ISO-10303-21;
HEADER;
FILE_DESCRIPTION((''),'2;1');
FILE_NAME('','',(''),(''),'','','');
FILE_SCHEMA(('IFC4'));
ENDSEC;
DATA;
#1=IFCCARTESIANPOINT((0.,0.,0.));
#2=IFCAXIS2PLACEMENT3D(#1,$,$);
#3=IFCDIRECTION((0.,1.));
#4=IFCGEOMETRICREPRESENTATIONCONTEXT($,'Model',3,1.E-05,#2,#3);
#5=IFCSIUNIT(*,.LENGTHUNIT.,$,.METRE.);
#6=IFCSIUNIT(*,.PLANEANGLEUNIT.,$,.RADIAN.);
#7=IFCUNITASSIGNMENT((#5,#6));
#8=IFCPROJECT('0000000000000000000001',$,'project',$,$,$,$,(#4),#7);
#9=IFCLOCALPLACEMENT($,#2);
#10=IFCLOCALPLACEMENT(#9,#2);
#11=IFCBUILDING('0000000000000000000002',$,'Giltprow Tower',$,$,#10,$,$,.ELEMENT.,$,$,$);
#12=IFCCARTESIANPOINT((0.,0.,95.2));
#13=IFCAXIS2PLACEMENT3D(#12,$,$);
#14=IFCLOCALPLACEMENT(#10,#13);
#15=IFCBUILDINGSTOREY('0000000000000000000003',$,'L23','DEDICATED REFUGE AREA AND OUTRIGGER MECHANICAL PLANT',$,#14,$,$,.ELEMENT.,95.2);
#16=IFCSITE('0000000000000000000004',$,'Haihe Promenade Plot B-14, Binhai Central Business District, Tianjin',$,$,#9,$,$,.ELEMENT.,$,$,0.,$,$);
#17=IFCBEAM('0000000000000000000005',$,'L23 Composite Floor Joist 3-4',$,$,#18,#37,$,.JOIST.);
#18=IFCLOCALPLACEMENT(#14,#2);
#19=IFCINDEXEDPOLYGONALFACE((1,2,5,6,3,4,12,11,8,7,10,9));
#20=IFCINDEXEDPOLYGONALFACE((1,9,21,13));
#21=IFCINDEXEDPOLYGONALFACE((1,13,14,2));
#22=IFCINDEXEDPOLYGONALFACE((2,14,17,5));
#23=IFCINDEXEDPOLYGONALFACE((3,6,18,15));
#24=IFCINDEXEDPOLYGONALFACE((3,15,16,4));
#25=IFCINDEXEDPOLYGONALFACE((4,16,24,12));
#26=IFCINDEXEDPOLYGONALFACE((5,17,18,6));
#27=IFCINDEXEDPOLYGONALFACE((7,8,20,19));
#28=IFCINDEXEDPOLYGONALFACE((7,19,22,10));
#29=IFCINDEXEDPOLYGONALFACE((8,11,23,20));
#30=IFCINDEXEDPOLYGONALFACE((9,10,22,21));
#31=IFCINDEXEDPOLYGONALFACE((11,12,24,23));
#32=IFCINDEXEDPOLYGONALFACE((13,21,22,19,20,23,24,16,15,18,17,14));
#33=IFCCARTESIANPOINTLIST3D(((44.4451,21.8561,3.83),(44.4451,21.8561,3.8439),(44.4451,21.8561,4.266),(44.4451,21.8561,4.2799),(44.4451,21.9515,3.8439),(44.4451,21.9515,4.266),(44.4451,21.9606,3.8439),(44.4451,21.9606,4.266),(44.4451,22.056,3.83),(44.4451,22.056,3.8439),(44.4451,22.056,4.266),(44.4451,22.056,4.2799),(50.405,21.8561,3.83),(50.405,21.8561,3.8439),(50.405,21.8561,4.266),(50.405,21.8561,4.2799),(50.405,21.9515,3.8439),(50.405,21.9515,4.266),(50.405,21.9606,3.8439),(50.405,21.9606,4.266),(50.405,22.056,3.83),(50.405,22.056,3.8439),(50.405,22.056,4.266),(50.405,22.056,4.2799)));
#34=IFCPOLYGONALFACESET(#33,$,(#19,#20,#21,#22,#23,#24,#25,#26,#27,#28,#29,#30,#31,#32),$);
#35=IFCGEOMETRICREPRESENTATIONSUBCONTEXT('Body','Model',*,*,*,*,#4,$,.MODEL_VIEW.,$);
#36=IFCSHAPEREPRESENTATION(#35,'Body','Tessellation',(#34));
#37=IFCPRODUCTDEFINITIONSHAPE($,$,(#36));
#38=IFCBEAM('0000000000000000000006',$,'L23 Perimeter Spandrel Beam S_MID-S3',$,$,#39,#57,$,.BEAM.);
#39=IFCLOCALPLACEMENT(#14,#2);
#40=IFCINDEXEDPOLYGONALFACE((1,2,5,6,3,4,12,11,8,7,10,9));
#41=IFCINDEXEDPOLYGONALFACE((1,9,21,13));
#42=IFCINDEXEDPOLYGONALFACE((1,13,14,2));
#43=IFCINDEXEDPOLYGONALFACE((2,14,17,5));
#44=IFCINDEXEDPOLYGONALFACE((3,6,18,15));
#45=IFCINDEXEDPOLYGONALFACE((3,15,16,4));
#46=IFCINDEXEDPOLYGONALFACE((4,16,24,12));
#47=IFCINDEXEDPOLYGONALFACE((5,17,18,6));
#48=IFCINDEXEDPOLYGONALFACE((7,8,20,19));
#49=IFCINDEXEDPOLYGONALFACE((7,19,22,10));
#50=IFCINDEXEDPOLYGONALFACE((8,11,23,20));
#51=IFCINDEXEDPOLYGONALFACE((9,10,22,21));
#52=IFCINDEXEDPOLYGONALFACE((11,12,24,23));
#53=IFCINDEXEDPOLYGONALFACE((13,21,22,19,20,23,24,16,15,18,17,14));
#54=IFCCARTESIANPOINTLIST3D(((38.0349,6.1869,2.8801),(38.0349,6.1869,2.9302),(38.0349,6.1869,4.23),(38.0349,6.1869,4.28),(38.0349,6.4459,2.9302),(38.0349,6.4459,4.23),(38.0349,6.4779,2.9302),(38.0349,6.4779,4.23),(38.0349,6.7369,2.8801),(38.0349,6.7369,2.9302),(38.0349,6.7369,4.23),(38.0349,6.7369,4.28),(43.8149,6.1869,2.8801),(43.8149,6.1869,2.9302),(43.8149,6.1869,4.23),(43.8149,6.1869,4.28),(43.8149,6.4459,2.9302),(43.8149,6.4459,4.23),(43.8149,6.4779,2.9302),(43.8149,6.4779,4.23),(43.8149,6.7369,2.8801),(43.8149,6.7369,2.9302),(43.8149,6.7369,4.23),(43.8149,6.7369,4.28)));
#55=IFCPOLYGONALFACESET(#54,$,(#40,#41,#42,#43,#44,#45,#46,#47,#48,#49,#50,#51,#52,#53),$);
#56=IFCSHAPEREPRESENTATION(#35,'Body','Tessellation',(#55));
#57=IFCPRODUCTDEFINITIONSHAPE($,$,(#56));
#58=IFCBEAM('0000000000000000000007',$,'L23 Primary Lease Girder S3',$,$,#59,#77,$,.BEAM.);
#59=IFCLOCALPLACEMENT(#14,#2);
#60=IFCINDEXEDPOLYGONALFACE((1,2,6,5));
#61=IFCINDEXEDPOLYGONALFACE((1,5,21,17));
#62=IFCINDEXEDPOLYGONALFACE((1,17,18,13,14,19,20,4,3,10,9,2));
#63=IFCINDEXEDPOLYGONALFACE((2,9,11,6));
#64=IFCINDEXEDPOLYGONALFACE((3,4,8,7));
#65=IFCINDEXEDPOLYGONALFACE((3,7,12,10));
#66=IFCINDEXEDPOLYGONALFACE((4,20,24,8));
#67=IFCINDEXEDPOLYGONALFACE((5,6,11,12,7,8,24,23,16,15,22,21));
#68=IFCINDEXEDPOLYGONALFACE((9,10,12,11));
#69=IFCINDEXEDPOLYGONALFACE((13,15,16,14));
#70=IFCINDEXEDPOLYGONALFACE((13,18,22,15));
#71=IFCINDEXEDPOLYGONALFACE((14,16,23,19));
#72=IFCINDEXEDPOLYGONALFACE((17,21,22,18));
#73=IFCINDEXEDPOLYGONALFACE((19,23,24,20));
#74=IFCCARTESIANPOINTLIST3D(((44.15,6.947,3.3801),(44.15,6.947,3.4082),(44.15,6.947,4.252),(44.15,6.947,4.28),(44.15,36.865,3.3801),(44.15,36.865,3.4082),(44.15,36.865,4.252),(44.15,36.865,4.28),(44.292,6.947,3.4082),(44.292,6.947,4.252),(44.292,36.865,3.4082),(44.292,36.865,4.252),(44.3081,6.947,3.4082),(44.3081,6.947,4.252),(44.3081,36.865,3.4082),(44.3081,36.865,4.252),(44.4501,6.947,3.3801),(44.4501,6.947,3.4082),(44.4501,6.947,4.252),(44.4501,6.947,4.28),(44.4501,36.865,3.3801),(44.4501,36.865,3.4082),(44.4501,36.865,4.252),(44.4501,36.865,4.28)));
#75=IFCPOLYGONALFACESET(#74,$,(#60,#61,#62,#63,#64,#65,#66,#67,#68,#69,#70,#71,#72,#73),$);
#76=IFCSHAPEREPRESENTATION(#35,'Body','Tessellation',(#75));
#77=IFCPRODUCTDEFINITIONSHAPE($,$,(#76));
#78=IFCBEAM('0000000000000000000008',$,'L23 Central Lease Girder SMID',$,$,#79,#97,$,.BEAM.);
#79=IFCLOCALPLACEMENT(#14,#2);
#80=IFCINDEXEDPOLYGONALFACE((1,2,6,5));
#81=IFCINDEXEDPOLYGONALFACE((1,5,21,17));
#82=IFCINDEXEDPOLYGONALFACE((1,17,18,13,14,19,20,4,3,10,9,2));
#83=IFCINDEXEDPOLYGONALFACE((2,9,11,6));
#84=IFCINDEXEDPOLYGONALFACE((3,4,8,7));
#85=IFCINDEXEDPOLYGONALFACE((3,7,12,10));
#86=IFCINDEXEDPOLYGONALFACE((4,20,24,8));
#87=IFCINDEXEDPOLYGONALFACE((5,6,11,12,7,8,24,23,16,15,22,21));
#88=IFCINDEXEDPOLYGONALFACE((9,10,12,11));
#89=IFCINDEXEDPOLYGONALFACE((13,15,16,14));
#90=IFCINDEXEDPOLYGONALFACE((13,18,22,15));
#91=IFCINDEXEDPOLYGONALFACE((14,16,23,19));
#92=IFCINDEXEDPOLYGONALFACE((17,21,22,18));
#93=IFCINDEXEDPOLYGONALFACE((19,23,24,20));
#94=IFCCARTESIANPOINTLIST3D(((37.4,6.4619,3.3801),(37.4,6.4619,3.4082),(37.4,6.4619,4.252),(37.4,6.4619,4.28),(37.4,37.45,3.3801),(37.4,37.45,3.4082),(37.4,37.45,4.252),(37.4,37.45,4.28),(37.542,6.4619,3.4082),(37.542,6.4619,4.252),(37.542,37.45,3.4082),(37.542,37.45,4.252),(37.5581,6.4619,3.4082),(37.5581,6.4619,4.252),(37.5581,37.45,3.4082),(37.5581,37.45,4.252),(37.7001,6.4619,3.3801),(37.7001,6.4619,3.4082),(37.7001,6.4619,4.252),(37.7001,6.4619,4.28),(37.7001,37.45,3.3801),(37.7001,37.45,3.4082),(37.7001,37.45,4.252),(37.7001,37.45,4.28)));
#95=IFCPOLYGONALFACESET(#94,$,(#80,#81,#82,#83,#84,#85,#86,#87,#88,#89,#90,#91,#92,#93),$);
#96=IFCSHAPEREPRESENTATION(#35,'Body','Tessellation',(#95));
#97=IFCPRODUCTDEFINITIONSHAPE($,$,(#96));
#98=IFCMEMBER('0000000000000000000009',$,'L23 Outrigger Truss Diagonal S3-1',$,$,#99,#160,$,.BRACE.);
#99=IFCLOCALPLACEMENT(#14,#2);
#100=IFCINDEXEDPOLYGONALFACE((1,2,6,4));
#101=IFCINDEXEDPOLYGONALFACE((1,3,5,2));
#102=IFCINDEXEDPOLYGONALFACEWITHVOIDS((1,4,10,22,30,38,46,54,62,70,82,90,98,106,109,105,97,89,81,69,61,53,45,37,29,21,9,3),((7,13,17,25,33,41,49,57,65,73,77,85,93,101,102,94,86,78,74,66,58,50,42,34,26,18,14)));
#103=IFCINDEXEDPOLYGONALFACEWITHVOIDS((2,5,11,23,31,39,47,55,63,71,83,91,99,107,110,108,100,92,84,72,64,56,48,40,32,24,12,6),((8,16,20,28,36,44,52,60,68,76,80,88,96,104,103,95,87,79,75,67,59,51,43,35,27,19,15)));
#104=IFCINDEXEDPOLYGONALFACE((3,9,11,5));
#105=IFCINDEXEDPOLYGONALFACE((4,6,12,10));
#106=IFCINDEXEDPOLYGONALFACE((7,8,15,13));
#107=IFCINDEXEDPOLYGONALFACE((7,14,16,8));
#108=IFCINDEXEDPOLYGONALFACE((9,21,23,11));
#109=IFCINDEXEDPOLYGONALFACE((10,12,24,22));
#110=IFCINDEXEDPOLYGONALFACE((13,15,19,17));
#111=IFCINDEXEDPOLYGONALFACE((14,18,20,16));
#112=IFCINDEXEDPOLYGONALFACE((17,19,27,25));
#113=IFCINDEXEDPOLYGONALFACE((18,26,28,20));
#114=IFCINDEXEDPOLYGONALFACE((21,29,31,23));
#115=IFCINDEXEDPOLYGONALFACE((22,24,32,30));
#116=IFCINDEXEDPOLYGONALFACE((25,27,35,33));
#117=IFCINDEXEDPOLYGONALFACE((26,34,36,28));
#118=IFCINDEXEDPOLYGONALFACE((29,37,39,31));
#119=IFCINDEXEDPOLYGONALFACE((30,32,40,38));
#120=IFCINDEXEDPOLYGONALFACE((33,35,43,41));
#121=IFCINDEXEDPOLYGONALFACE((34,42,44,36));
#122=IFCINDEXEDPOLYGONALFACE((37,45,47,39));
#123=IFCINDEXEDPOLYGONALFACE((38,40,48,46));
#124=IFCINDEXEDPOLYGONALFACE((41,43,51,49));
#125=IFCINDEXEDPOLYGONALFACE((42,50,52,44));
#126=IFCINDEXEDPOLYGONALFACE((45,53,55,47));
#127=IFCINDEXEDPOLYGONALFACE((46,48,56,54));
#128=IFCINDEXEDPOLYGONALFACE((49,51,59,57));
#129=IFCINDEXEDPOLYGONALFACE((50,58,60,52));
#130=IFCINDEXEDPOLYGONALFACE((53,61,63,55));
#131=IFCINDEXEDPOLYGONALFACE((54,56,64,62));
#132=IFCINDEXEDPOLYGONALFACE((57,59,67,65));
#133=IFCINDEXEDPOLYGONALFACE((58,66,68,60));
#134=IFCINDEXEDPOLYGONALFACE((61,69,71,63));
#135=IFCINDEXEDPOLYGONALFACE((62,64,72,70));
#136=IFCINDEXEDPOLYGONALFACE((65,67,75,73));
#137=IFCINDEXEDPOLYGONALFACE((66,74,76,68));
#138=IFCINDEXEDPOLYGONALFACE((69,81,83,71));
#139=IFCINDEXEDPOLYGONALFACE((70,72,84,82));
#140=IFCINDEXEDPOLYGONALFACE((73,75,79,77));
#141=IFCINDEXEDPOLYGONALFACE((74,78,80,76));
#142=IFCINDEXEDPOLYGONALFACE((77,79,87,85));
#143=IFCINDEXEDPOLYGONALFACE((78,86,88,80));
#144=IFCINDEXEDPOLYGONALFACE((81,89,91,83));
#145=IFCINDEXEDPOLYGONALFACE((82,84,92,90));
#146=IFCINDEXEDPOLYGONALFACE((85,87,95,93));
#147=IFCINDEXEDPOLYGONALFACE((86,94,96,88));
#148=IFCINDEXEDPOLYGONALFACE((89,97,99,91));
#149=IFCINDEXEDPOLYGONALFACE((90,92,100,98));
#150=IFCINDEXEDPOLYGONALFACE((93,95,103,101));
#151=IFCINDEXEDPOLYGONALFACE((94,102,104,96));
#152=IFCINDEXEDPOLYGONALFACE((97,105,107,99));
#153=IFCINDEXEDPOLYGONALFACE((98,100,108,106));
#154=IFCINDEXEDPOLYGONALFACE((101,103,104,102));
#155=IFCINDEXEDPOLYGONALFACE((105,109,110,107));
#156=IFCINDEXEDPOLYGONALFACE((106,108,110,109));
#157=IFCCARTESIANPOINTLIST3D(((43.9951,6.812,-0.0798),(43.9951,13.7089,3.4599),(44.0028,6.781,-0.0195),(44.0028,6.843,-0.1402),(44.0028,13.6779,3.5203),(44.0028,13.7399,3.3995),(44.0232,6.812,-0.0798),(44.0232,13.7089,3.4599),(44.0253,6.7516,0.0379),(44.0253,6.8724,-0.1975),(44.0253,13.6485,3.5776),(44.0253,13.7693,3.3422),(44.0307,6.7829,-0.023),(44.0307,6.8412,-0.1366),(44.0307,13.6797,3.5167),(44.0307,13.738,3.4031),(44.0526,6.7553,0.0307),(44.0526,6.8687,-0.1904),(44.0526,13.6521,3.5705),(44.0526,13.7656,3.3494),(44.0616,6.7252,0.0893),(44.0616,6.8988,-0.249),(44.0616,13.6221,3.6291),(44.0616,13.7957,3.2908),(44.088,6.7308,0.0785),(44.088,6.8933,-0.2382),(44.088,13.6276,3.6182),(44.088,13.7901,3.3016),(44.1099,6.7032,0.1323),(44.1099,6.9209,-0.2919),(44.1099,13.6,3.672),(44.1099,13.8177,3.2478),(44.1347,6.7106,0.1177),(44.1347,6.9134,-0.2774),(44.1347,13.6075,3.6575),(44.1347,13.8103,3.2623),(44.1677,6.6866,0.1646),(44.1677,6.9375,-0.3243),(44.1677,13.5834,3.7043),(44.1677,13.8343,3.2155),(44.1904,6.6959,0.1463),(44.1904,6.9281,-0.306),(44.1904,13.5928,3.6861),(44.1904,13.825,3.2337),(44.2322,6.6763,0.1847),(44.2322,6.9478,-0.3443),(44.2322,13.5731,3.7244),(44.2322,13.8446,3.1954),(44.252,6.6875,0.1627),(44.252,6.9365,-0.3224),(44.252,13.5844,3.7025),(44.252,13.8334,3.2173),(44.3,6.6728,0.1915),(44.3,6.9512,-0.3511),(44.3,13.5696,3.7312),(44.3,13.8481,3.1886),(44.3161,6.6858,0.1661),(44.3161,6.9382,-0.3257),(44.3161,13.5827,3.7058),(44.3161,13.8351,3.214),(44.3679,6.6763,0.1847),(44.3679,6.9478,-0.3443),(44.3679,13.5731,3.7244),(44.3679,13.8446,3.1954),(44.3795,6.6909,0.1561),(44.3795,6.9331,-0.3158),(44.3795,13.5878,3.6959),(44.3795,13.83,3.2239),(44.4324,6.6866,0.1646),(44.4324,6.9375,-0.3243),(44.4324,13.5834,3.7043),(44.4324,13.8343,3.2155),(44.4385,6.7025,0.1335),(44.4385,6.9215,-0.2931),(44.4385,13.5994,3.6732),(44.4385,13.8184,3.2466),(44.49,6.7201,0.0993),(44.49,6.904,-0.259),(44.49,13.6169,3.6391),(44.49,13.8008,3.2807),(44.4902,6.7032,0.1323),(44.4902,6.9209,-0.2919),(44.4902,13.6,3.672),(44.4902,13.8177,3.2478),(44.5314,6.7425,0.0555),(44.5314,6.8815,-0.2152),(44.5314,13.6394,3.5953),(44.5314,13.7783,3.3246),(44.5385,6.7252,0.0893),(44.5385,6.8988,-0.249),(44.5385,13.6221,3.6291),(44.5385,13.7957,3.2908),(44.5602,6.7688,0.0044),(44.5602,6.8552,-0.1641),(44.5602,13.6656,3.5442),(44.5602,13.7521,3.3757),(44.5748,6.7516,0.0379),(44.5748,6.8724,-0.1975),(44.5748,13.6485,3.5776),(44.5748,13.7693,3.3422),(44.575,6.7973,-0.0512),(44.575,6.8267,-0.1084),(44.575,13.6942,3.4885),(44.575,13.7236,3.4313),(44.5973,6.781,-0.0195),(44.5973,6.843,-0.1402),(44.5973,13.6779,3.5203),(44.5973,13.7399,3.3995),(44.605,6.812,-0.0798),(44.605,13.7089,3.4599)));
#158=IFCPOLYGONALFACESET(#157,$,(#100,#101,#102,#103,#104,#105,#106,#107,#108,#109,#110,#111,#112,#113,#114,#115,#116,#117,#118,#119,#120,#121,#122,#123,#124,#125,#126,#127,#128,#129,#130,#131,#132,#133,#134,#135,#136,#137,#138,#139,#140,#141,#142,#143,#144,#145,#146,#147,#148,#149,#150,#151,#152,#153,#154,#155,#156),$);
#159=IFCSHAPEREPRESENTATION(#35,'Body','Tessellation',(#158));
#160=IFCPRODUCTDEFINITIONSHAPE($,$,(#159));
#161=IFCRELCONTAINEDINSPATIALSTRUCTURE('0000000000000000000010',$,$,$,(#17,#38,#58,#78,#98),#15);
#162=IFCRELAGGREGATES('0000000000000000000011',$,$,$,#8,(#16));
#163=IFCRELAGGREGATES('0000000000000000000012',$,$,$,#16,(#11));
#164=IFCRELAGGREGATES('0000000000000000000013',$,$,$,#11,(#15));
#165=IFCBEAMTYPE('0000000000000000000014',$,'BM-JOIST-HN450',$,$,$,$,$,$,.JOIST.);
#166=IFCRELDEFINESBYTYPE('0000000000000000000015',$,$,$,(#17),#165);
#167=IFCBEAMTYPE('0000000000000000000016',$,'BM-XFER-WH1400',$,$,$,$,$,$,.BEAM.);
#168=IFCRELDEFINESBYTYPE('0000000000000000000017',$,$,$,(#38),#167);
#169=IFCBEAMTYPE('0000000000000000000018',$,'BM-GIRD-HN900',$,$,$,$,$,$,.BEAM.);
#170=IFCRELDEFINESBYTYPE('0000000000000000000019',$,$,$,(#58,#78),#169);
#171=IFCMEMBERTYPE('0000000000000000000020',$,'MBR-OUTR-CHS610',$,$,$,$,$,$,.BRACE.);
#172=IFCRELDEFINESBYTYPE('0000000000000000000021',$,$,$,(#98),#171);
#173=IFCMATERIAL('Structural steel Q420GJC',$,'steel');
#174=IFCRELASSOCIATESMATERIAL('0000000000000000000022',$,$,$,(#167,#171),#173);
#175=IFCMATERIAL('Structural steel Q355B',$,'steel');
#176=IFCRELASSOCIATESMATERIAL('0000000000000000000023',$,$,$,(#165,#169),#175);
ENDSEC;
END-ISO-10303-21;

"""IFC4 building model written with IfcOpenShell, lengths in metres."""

from ifc_helpers import new_model, si_unit, direction, frame, origin, origin_2d, place, context, subcontext, project, spatial, hollow_circle, i_section, extrude, source, transform, mapped, material, material_profile, profile_set, type_object, element, save


model = new_model("IFC4")

# Units and contexts
model_context = context("Model", 3, precision=1e-05, world=origin(), true_north=direction((0.0, 1.0)))
body_context = subcontext(model_context, "Body", "Model", "MODEL_VIEW")
ifc_project = project(units=[si_unit("LENGTHUNIT", "METRE"), si_unit("PLANEANGLEUNIT", "RADIAN")], contexts=[model_context])

# Site, building, storey
site_placement = place(None, origin())
site = spatial("IfcSite", under=ifc_project, at=site_placement, Name="Haihe Promenade Plot B-14, Binhai Central Business District, Tianjin", CompositionType="ELEMENT", RefElevation=0.0)
building_placement = place(site_placement, origin())
building = spatial("IfcBuilding", under=site, at=building_placement, Name="Giltprow Tower", CompositionType="ELEMENT")
storey_placement = place(building_placement, frame((0.0, 0.0, 95.2)))
storey = spatial("IfcBuildingStorey", under=building, at=storey_placement, Name="L23", Description="DEDICATED REFUGE AREA AND OUTRIGGER MECHANICAL PLANT", CompositionType="ELEMENT", Elevation=95.2)

# Shared definitions
ifc_material_1 = material(Name="Structural steel Q420GJC", Category="steel")

# Beams
ifc_material_profile_1 = material_profile(ifc_material_1, i_section(OverallWidth=0.55, OverallDepth=1.3999, WebThickness=0.032, FlangeThickness=0.05, at=origin_2d()), Name="WH 1400x550x32x50")
ifc_profile_set_1 = profile_set([ifc_material_profile_1], Name="Structural steel Q420GJC")
beam_type_1 = type_object("IfcBeamType", Name="BM-XFER-WH1400", PredefinedType="BEAM", material=ifc_profile_set_1)
ifc_material_2 = material(Name="Structural steel Q355B", Category="steel")
ifc_material_profile_2 = material_profile(ifc_material_2, i_section(OverallWidth=0.2, OverallDepth=0.45, WebThickness=0.009, FlangeThickness=0.0139, at=origin_2d()), Name="HN 450x200x9x14")
ifc_profile_set_2 = profile_set([ifc_material_profile_2], Name="Structural steel Q355B")
beam_type_2 = type_object("IfcBeamType", Name="BM-JOIST-HN450", PredefinedType="JOIST", material=ifc_profile_set_2)
shared_shape_1 = source(origin(), body_context, "Body", "SweptSolid", [
    extrude(i_section(OverallWidth=0.2, OverallDepth=0.45, WebThickness=0.009, FlangeThickness=0.0139, at=origin_2d()), origin(), (0.0, 0.0, 1.0), 5.96),
])
for number, where, z_axis, x_axis, name in (
    (1, (44.4451, 21.9561, 4.0549), (1.0, 0.0, 0.0), (0.0, 1.0, 0.0), "L23 Composite Floor Joist 3-4"),
):
    element("IfcBeam", number, at=place(storey_placement, frame(where, z_axis=z_axis, x_axis=x_axis)), inside=storey, type_object=beam_type_2, Name=name, PredefinedType="JOIST", context=body_context, shape_type="MappedRepresentation", body=[
        mapped(shared_shape_1, transform((0.0, 0.0, 0.0), x_axis=(1.0, 0.0, 0.0), y_axis=(0.0, 1.0, 0.0), z_axis=(0.0, 0.0, 1.0), scale=1.0)),
    ])
shared_shape_2 = source(origin(), body_context, "Body", "SweptSolid", [
    extrude(i_section(OverallWidth=0.55, OverallDepth=1.3999, WebThickness=0.032, FlangeThickness=0.05, at=origin_2d()), origin(), (0.0, 0.0, 1.0), 5.78),
])
beam_1_placement = place(storey_placement, frame((38.0349, 6.4619, 3.5801), z_axis=(1.0, 0.0, 0.0), x_axis=(0.0, 1.0, 0.0)))
element("IfcBeam", 2, at=beam_1_placement, inside=storey, type_object=beam_type_1, Name="L23 Perimeter Spandrel Beam S_MID-S3", PredefinedType="BEAM", context=body_context, shape_type="MappedRepresentation", body=[
    mapped(shared_shape_2, transform((0.0, 0.0, 0.0), x_axis=(1.0, 0.0, 0.0), y_axis=(0.0, 1.0, 0.0), z_axis=(0.0, 0.0, 1.0), scale=1.0)),
])
ifc_material_profile_3 = material_profile(ifc_material_2, i_section(OverallWidth=0.3, OverallDepth=0.8999, WebThickness=0.0161, FlangeThickness=0.0281, at=origin_2d()), Name="HN 900x300x16x28")
ifc_profile_set_3 = profile_set([ifc_material_profile_3], Name="Structural steel Q355B")
beam_type_3 = type_object("IfcBeamType", Name="BM-GIRD-HN900", PredefinedType="BEAM", material=ifc_profile_set_3)
shared_shape_3 = source(origin(), body_context, "Body", "SweptSolid", [
    extrude(i_section(OverallWidth=0.3, OverallDepth=0.8999, WebThickness=0.0161, FlangeThickness=0.0281, at=origin_2d()), origin(), (0.0, 0.0, 1.0), 29.918),
])
beam_2_placement = place(storey_placement, frame((44.3, 6.947, 3.8301), z_axis=(0.0, 1.0, 0.0), x_axis=(-1.0, 0.0, 0.0)))
element("IfcBeam", 3, at=beam_2_placement, inside=storey, type_object=beam_type_3, Name="L23 Primary Lease Girder S3", PredefinedType="BEAM", context=body_context, shape_type="MappedRepresentation", body=[
    mapped(shared_shape_3, transform((0.0, 0.0, 0.0), x_axis=(1.0, 0.0, 0.0), y_axis=(0.0, 1.0, 0.0), z_axis=(0.0, 0.0, 1.0), scale=1.0)),
])
shared_shape_4 = source(origin(), body_context, "Body", "SweptSolid", [
    extrude(i_section(OverallWidth=0.3, OverallDepth=0.8999, WebThickness=0.0161, FlangeThickness=0.0281, at=origin_2d()), origin(), (0.0, 0.0, 1.0), 30.988),
])
beam_3_placement = place(storey_placement, frame((37.55, 6.4619, 3.8301), z_axis=(0.0, 1.0, 0.0), x_axis=(-1.0, 0.0, 0.0)))
element("IfcBeam", 4, at=beam_3_placement, inside=storey, type_object=beam_type_3, Name="L23 Central Lease Girder SMID", PredefinedType="BEAM", context=body_context, shape_type="MappedRepresentation", body=[
    mapped(shared_shape_4, transform((0.0, 0.0, 0.0), x_axis=(1.0, 0.0, 0.0), y_axis=(0.0, 1.0, 0.0), z_axis=(0.0, 0.0, 1.0), scale=1.0)),
])

# Member
ifc_material_profile_4 = material_profile(ifc_material_1, hollow_circle(Radius=0.3049, WallThickness=0.0281, at=origin_2d()), Name="CHS 610x28")
ifc_profile_set_4 = profile_set([ifc_material_profile_4], Name="Structural steel Q420GJC")
member_type_1 = type_object("IfcMemberType", Name="MBR-OUTR-CHS610", PredefinedType="BRACE", material=ifc_profile_set_4)
shared_shape_5 = source(origin(), body_context, "Body", "SweptSolid", [
    extrude(hollow_circle(Radius=0.3049, WallThickness=0.0281, at=origin_2d()), origin(), (0.0, 0.0, 1.0), 7.7522),
])
for number, where, z_axis, x_axis, name in (
    (5, (44.3, 6.812, -0.0798), (0.0, 0.889666, 0.456611), (-1.0, 0.0, 0.0), "L23 Outrigger Truss Diagonal S3-1"),
):
    element("IfcMember", number, at=place(storey_placement, frame(where, z_axis=z_axis, x_axis=x_axis)), inside=storey, type_object=member_type_1, Name=name, PredefinedType="BRACE", context=body_context, shape_type="MappedRepresentation", body=[
        mapped(shared_shape_5, transform((0.0, 0.0, 0.0), x_axis=(1.0, 0.0, 0.0), y_axis=(0.0, 1.0, 0.0), z_axis=(0.0, 0.0, 1.0), scale=1.0)),
    ])

save(model, "model.ifc")
